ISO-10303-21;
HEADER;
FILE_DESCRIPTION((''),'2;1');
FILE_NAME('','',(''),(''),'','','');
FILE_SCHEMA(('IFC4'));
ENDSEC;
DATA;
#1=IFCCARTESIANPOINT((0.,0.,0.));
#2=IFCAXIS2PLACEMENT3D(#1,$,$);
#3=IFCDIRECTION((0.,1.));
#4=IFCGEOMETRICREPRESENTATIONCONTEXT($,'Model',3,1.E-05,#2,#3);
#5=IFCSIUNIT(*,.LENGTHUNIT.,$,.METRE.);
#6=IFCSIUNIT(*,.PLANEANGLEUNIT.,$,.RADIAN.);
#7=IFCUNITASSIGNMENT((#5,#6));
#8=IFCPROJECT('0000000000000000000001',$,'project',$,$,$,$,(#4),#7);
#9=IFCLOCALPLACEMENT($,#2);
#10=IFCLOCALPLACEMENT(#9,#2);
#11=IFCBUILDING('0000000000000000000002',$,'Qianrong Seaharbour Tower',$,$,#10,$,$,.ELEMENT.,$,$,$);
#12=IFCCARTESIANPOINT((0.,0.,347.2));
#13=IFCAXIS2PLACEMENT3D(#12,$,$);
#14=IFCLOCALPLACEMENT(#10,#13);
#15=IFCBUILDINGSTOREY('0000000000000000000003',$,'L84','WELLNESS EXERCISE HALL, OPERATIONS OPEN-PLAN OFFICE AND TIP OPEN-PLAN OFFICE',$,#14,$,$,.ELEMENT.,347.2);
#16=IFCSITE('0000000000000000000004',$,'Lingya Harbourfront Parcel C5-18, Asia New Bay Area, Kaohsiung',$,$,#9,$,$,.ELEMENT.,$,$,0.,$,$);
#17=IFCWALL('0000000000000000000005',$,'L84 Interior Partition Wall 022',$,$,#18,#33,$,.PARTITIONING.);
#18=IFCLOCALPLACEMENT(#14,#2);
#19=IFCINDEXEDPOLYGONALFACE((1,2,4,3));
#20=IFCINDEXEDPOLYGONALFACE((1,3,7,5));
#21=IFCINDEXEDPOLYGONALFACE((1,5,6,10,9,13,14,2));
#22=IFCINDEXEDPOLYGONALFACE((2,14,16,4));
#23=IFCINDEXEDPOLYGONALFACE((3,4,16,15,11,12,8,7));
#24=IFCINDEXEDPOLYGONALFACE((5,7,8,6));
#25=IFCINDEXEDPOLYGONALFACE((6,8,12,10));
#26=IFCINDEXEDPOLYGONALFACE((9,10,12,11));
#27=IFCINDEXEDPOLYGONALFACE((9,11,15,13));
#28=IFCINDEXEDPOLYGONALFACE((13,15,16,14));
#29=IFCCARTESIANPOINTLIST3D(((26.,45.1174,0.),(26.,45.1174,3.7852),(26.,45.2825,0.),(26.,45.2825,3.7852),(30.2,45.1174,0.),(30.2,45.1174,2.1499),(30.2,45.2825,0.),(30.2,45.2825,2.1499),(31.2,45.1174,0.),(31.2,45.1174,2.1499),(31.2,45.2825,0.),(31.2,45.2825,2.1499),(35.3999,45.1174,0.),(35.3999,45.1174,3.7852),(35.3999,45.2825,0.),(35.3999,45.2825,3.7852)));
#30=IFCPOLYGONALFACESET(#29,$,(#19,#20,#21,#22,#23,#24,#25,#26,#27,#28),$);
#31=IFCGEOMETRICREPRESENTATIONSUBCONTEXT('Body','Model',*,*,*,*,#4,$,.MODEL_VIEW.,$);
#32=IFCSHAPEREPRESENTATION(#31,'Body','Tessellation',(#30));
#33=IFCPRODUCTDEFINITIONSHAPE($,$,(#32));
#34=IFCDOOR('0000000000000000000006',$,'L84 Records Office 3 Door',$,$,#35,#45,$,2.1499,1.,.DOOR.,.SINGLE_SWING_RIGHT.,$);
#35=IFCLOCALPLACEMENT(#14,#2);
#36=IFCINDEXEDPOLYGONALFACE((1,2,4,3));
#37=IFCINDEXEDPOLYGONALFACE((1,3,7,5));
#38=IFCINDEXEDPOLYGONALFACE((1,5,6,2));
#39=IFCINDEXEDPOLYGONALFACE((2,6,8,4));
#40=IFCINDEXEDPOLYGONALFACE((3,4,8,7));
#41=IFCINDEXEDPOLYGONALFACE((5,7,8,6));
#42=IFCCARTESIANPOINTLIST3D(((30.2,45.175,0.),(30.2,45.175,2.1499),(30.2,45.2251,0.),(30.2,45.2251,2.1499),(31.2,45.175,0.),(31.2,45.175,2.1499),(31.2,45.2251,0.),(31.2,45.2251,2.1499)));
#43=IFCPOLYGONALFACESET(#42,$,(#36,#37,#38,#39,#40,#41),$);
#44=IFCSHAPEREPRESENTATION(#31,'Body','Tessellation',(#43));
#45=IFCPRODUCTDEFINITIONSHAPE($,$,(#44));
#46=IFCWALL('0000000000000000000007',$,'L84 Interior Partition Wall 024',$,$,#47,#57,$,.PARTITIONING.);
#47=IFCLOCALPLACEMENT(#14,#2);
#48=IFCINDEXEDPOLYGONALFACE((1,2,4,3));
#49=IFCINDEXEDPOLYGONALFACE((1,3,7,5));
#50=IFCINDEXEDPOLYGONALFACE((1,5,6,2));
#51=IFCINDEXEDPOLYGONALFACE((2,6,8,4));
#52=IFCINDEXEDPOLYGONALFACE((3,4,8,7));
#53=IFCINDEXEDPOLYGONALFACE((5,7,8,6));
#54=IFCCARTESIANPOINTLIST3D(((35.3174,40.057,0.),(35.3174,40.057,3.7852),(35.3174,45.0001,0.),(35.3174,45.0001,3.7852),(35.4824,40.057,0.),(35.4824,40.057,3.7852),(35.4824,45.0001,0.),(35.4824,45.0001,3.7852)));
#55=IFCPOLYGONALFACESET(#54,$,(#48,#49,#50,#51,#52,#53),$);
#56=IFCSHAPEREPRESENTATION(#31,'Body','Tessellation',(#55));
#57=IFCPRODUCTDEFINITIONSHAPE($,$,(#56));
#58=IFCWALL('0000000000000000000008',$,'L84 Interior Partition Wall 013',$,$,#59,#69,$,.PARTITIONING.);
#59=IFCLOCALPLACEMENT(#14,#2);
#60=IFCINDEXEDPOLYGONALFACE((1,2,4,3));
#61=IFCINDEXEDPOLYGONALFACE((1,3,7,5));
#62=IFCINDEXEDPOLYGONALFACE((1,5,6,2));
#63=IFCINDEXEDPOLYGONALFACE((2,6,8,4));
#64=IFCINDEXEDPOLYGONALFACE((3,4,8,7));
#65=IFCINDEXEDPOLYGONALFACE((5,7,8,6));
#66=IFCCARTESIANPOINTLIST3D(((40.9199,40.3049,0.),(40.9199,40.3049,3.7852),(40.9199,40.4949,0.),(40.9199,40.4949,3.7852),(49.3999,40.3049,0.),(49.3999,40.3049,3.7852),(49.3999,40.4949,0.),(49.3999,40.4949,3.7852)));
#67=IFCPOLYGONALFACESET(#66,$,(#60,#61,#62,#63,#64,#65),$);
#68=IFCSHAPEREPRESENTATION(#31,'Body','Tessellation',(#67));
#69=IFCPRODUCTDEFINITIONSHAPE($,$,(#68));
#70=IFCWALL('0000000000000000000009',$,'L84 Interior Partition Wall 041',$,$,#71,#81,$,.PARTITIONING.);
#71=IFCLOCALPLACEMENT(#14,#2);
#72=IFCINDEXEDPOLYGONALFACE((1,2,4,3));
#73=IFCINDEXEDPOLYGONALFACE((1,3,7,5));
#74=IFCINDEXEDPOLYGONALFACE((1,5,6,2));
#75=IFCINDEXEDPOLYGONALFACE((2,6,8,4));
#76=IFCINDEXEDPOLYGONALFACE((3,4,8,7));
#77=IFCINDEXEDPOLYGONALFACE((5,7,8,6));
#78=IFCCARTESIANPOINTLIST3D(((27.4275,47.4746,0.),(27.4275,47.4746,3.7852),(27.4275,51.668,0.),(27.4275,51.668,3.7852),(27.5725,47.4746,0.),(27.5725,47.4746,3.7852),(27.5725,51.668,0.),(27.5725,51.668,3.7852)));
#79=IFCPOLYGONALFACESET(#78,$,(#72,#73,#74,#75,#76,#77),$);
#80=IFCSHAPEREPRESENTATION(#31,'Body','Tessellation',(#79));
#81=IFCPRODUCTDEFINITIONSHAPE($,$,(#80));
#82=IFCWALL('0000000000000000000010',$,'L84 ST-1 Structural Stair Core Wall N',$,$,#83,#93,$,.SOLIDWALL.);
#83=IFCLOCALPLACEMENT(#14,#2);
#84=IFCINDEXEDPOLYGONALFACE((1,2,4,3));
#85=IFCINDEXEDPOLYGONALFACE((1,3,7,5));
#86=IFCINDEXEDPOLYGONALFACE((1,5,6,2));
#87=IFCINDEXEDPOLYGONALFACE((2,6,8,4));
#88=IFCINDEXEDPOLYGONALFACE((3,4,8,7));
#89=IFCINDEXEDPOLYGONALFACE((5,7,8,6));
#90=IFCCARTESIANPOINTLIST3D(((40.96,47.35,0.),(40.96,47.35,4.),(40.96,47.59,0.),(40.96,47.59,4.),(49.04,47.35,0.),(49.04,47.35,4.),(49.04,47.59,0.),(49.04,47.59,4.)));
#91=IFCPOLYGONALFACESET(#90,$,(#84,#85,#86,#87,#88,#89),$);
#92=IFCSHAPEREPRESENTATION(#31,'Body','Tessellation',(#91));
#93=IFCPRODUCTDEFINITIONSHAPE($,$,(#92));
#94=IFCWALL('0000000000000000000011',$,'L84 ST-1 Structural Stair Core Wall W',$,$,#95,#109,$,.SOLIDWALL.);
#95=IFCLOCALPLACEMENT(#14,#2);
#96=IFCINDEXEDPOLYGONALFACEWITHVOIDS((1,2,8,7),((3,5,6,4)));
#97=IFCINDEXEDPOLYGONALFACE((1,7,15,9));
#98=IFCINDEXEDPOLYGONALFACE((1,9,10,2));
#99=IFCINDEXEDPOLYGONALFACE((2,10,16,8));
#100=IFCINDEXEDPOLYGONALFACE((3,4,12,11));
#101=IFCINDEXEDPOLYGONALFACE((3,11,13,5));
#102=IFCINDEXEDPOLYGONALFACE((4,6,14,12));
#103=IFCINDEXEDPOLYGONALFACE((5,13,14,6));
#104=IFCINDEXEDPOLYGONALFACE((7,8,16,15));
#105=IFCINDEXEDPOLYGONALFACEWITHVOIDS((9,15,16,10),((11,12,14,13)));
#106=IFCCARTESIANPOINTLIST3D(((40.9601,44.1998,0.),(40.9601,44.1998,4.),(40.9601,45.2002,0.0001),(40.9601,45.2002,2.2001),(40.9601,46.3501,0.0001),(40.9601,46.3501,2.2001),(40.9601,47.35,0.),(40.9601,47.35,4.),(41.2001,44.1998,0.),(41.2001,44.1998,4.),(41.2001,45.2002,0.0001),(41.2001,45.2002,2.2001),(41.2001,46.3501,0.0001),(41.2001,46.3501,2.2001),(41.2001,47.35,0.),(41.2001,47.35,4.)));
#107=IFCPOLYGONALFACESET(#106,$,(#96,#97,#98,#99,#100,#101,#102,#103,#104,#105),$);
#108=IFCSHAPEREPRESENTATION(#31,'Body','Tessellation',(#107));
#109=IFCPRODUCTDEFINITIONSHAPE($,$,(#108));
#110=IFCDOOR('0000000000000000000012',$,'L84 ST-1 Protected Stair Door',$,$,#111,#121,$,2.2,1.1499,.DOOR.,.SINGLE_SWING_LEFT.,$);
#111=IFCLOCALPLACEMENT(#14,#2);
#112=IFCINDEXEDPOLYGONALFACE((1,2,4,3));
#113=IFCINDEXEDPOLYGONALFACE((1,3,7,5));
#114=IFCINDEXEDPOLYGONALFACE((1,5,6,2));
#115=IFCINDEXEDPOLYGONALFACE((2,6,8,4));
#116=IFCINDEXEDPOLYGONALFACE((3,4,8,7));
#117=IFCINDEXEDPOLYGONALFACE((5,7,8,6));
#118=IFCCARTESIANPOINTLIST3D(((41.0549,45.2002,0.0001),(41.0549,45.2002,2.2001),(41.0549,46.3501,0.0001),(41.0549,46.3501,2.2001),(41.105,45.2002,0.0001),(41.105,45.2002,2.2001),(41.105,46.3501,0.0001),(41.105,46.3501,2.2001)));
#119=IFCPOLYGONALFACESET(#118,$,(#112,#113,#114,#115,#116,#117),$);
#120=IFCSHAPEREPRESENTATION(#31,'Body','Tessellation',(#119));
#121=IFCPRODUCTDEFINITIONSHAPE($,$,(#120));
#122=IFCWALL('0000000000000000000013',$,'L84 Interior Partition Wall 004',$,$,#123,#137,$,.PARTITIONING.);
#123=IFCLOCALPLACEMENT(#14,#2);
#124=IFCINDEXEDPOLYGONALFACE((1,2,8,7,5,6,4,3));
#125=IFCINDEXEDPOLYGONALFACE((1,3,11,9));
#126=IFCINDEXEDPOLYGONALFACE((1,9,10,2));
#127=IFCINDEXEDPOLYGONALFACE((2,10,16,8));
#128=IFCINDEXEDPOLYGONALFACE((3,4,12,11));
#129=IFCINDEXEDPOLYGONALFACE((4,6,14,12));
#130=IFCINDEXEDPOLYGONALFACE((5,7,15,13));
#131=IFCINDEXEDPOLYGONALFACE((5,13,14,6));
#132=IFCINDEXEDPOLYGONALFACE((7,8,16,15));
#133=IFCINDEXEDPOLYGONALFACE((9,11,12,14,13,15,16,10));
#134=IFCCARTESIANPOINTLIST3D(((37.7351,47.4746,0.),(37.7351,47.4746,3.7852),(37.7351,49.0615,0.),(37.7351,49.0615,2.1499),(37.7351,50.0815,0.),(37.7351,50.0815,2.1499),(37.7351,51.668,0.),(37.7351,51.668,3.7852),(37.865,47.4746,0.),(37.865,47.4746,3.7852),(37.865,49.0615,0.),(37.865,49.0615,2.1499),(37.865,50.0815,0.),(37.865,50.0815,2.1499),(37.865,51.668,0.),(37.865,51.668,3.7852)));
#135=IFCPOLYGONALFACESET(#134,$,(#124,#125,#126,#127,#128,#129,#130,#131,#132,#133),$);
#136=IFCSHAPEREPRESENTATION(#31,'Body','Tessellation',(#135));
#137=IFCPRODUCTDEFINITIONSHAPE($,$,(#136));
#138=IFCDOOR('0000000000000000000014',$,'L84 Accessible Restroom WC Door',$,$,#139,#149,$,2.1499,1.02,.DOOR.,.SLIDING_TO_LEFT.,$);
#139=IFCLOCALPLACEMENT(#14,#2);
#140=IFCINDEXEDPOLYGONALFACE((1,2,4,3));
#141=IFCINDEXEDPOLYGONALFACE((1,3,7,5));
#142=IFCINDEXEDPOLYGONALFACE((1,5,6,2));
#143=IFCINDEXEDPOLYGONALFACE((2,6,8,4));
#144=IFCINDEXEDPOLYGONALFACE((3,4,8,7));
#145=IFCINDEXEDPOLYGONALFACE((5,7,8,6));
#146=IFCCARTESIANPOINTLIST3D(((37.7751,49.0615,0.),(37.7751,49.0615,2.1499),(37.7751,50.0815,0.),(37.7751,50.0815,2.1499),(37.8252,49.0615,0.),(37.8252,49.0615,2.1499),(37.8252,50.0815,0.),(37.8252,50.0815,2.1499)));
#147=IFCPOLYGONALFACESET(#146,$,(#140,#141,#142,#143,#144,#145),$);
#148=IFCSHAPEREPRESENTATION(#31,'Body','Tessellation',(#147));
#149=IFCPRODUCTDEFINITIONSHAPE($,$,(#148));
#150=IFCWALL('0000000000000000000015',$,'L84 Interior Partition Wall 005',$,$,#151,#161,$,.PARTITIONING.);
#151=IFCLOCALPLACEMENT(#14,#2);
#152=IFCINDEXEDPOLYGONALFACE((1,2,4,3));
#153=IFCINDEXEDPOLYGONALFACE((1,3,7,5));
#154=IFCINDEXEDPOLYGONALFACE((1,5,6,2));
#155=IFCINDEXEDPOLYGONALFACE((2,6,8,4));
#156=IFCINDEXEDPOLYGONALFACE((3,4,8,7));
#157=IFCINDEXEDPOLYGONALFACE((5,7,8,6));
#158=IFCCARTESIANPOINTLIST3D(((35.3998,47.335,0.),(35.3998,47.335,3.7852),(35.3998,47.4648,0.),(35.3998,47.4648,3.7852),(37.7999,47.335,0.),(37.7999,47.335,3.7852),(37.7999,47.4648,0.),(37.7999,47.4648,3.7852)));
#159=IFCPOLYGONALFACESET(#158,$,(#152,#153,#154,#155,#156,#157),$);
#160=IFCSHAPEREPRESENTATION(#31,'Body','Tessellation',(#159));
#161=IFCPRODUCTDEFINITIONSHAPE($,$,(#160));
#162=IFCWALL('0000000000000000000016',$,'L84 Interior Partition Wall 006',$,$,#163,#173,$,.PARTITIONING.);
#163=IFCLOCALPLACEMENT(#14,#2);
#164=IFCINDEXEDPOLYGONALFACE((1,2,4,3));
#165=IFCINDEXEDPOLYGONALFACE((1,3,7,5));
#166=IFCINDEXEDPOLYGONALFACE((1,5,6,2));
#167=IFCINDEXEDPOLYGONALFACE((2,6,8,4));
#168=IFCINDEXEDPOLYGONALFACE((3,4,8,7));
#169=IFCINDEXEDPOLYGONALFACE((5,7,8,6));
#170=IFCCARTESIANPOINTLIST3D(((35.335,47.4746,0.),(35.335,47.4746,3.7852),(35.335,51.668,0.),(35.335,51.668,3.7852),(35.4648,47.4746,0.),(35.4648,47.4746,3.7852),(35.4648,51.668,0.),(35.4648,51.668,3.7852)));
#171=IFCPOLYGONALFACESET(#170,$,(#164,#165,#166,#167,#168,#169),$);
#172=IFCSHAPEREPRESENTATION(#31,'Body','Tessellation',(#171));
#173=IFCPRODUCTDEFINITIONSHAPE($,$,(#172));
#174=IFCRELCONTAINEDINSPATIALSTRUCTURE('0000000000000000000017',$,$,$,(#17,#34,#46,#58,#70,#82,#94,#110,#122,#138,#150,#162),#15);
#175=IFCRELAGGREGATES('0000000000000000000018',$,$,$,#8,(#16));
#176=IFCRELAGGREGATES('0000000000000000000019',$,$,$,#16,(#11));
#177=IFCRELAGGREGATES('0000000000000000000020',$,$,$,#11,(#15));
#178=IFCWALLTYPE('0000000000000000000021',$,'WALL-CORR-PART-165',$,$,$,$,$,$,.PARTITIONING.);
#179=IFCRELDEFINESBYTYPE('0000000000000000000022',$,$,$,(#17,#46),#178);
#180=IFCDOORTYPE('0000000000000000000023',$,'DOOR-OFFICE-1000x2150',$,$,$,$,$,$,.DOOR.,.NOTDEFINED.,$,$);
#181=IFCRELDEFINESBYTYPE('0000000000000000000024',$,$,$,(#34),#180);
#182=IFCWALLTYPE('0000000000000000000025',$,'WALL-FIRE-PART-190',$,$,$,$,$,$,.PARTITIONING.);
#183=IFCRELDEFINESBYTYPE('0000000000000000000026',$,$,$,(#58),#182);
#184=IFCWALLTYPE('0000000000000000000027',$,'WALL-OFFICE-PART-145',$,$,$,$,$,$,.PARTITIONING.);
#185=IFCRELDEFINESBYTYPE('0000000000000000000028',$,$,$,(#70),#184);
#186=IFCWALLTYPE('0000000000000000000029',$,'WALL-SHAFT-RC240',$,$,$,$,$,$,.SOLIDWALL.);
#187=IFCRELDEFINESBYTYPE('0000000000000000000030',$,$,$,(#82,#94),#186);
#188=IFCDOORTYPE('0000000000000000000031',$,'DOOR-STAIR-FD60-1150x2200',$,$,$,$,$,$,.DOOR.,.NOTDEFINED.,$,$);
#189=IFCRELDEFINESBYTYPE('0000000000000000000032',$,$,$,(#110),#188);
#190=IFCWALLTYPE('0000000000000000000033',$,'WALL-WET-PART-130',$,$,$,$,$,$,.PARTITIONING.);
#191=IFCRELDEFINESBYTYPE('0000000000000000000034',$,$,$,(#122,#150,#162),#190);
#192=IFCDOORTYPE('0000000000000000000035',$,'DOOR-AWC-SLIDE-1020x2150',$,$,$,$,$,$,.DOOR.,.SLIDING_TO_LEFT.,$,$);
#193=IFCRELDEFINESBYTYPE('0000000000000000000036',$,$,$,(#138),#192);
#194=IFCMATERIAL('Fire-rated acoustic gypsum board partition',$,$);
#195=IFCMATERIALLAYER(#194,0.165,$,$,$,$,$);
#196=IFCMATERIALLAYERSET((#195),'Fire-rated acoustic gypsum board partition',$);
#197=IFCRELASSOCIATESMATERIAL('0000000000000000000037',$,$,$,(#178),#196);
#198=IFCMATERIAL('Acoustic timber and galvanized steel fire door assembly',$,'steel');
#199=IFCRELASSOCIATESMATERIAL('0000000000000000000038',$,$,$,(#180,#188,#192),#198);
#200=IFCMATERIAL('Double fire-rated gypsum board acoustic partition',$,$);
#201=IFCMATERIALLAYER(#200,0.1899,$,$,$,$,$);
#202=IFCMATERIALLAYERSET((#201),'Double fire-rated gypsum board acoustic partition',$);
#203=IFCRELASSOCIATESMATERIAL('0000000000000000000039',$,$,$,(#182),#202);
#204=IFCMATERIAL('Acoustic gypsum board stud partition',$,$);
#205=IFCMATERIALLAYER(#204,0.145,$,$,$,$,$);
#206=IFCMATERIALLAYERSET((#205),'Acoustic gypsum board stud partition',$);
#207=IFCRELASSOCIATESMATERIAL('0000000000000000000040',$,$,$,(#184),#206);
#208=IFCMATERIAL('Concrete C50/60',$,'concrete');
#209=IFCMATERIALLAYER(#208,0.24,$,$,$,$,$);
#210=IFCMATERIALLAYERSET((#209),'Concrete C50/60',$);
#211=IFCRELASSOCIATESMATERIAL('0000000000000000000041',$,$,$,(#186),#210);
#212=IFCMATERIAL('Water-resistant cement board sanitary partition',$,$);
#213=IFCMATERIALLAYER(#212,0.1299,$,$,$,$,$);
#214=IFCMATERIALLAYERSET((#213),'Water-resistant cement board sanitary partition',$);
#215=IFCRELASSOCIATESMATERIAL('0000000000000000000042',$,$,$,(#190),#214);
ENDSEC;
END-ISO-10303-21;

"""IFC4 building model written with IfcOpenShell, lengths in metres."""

from ifc_helpers import new_model, si_unit, direction, frame, frame_2d, origin, place, context, subcontext, project, spatial, rectangle, extrude, material, layer, layer_set, type_object, element, fill, save


model = new_model("IFC4")

# Units and contexts
model_context = context("Model", 3, precision=1e-05, world=origin(), true_north=direction((0.0, 1.0)))
body_context = subcontext(model_context, "Body", "Model", "MODEL_VIEW")
ifc_project = project(units=[si_unit("LENGTHUNIT", "METRE"), si_unit("PLANEANGLEUNIT", "RADIAN")], contexts=[model_context])

# Site, building, storey
site_placement = place(None, origin())
site = spatial("IfcSite", under=ifc_project, at=site_placement, Name="Lingya Harbourfront Parcel C5-18, Asia New Bay Area, Kaohsiung", CompositionType="ELEMENT", RefElevation=0.0)
building_placement = place(site_placement, origin())
building = spatial("IfcBuilding", under=site, at=building_placement, Name="Qianrong Seaharbour Tower", CompositionType="ELEMENT")
storey_placement = place(building_placement, frame((0.0, 0.0, 347.2)))
storey = spatial("IfcBuildingStorey", under=building, at=storey_placement, Name="L84", Description="WELLNESS EXERCISE HALL, OPERATIONS OPEN-PLAN OFFICE AND TIP OPEN-PLAN OFFICE", CompositionType="ELEMENT", Elevation=347.2)

# Shared definitions
ifc_material_1 = material(Name="Concrete C50/60", Category="concrete")

# Shared definitions
ifc_material_2 = material(Name="Fire-rated acoustic gypsum board partition")
ifc_layer_1 = layer(ifc_material_2, 0.165)
ifc_layer_set_1 = layer_set([ifc_layer_1], Name="Fire-rated acoustic gypsum board partition")
wall_type_1 = type_object("IfcWallType", Name="WALL-CORR-PART-165", PredefinedType="PARTITIONING", material=ifc_layer_set_1)
ifc_material_3 = material(Name="Acoustic timber and galvanized steel fire door assembly", Category="steel")

# Wall, opening, door
wall_1_placement = place(storey_placement, frame((35.3999, 45.2, 0.0), z_axis=(0.0, 0.0, 1.0), x_axis=(-1.0, 0.0, 0.0)))
wall_1 = element("IfcWall", 1, at=wall_1_placement, inside=storey, type_object=wall_type_1, Name="L84 Interior Partition Wall 022", PredefinedType="PARTITIONING", context=body_context, shape_type="SweptSolid", body=[
    extrude(rectangle(XDim=9.3999, YDim=0.165, at=frame_2d((4.7, 0.0))), origin(), (0.0, 0.0, 1.0), 3.7852),
])
opening_1_placement = place(wall_1_placement, frame((4.2, 0.0, 0.0)))
opening_1 = element("IfcOpeningElement", 2, at=opening_1_placement, cuts=wall_1, PredefinedType="OPENING", context=body_context, shape_type="SweptSolid", body=[
    extrude(rectangle(XDim=1.0, YDim=2.1499, at=frame_2d((0.5, 1.075))), frame((0.0, 0.0925, 0.0), z_axis=(0.0, -1.0, 0.0), x_axis=(1.0, 0.0, 0.0)), (0.0, 0.0, 1.0), 0.1851),
])
door_type_1 = type_object("IfcDoorType", Name="DOOR-OFFICE-1000x2150", OperationType="NOTDEFINED", PredefinedType="DOOR", material=ifc_material_3)
door_1_placement = place(opening_1_placement, origin())
door_1 = element("IfcDoor", 3, at=door_1_placement, inside=storey, type_object=door_type_1, Name="L84 Records Office 3 Door", OperationType="SINGLE_SWING_RIGHT", OverallHeight=2.1499, OverallWidth=1.0, PredefinedType="DOOR", context=body_context, shape_type="SweptSolid", body=[
    extrude(rectangle(XDim=1.0, YDim=2.1499, at=frame_2d((0.5, 1.075))), frame((0.0, 0.0249, 0.0), z_axis=(0.0, -1.0, 0.0), x_axis=(1.0, 0.0, 0.0)), (0.0, 0.0, 1.0), 0.05),
])
fill(opening_1, door_1)

# Walls
wall_2_placement = place(storey_placement, frame((35.3999, 40.0569, 0.0), z_axis=(0.0, 0.0, 1.0), x_axis=(0.0, 1.0, 0.0)))
element("IfcWall", 4, at=wall_2_placement, inside=storey, type_object=wall_type_1, Name="L84 Interior Partition Wall 024", PredefinedType="PARTITIONING", context=body_context, shape_type="SweptSolid", body=[
    extrude(rectangle(XDim=4.9431, YDim=0.165, at=frame_2d((2.4717, 0.0))), origin(), (0.0, 0.0, 1.0), 3.7852),
])
ifc_material_4 = material(Name="Double fire-rated gypsum board acoustic partition")
ifc_layer_2 = layer(ifc_material_4, 0.1899)
ifc_layer_set_2 = layer_set([ifc_layer_2], Name="Double fire-rated gypsum board acoustic partition")
wall_type_2 = type_object("IfcWallType", Name="WALL-FIRE-PART-190", PredefinedType="PARTITIONING", material=ifc_layer_set_2)
wall_3_placement = place(storey_placement, frame((40.9199, 40.3999, 0.0), z_axis=(0.0, 0.0, 1.0), x_axis=(1.0, 0.0, 0.0)))
element("IfcWall", 5, at=wall_3_placement, inside=storey, type_object=wall_type_2, Name="L84 Interior Partition Wall 013", PredefinedType="PARTITIONING", context=body_context, shape_type="SweptSolid", body=[
    extrude(rectangle(XDim=8.48, YDim=0.1899, at=frame_2d((4.24, 0.0))), origin(), (0.0, 0.0, 1.0), 3.7852),
])
ifc_material_5 = material(Name="Acoustic gypsum board stud partition")
ifc_layer_3 = layer(ifc_material_5, 0.145)
ifc_layer_set_3 = layer_set([ifc_layer_3], Name="Acoustic gypsum board stud partition")
wall_type_3 = type_object("IfcWallType", Name="WALL-OFFICE-PART-145", PredefinedType="PARTITIONING", material=ifc_layer_set_3)
wall_4_placement = place(storey_placement, frame((27.5, 51.668, 0.0), z_axis=(0.0, 0.0, 1.0), x_axis=(0.0, -1.0, 0.0)))
element("IfcWall", 6, at=wall_4_placement, inside=storey, type_object=wall_type_3, Name="L84 Interior Partition Wall 041", PredefinedType="PARTITIONING", context=body_context, shape_type="SweptSolid", body=[
    extrude(rectangle(XDim=4.1934, YDim=0.145, at=frame_2d((2.0967, 0.0))), origin(), (0.0, 0.0, 1.0), 3.7852),
])
ifc_layer_4 = layer(ifc_material_1, 0.24)
ifc_layer_set_4 = layer_set([ifc_layer_4], Name="Concrete C50/60")
wall_type_4 = type_object("IfcWallType", Name="WALL-SHAFT-RC240", PredefinedType="SOLIDWALL", material=ifc_layer_set_4)
wall_5_placement = place(storey_placement, frame((40.96, 47.47, 0.0), z_axis=(0.0, 0.0, 1.0), x_axis=(1.0, 0.0, 0.0)))
element("IfcWall", 7, at=wall_5_placement, inside=storey, type_object=wall_type_4, Name="L84 ST-1 Structural Stair Core Wall N", PredefinedType="SOLIDWALL", context=body_context, shape_type="SweptSolid", body=[
    extrude(rectangle(XDim=8.0801, YDim=0.24, at=frame_2d((4.04, 0.0))), origin(), (0.0, 0.0, 1.0), 4.0),
])

# Walls, openings, doors
wall_6_placement = place(storey_placement, frame((41.0801, 47.3501, 0.0), z_axis=(0.0, 0.0, 1.0), x_axis=(0.0, -1.0, 0.0)))
wall_6 = element("IfcWall", 8, at=wall_6_placement, inside=storey, type_object=wall_type_4, Name="L84 ST-1 Structural Stair Core Wall W", PredefinedType="SOLIDWALL", context=body_context, shape_type="SweptSolid", body=[
    extrude(rectangle(XDim=3.1501, YDim=0.24, at=frame_2d((1.5752, 0.0))), origin(), (0.0, 0.0, 1.0), 4.0),
])
opening_2_placement = place(wall_6_placement, frame((1.0, 0.0, 0.0)))
opening_2 = element("IfcOpeningElement", 9, at=opening_2_placement, cuts=wall_6, PredefinedType="OPENING", context=body_context, shape_type="SweptSolid", body=[
    extrude(rectangle(XDim=1.1499, YDim=2.2, at=frame_2d((0.575, 1.1001))), frame((0.0, 0.1299, 0.0), z_axis=(0.0, -1.0, 0.0), x_axis=(1.0, 0.0, 0.0)), (0.0, 0.0, 1.0), 0.26),
])
door_type_2 = type_object("IfcDoorType", Name="DOOR-STAIR-FD60-1150x2200", OperationType="NOTDEFINED", PredefinedType="DOOR", material=ifc_material_3)
door_2_placement = place(opening_2_placement, origin())
door_2 = element("IfcDoor", 10, at=door_2_placement, inside=storey, type_object=door_type_2, Name="L84 ST-1 Protected Stair Door", OperationType="SINGLE_SWING_LEFT", OverallHeight=2.2, OverallWidth=1.1499, PredefinedType="DOOR", context=body_context, shape_type="SweptSolid", body=[
    extrude(rectangle(XDim=1.1499, YDim=2.2, at=frame_2d((0.575, 1.1001))), frame((0.0, 0.0249, 0.0), z_axis=(0.0, -1.0, 0.0), x_axis=(1.0, 0.0, 0.0)), (0.0, 0.0, 1.0), 0.05),
])
fill(opening_2, door_2)
ifc_material_6 = material(Name="Water-resistant cement board sanitary partition")
ifc_layer_5 = layer(ifc_material_6, 0.1299)
ifc_layer_set_5 = layer_set([ifc_layer_5], Name="Water-resistant cement board sanitary partition")
wall_type_5 = type_object("IfcWallType", Name="WALL-WET-PART-130", PredefinedType="PARTITIONING", material=ifc_layer_set_5)
wall_7_placement = place(storey_placement, frame((37.8, 47.4746, 0.0), z_axis=(0.0, 0.0, 1.0), x_axis=(0.0, 1.0, 0.0)))
wall_7 = element("IfcWall", 11, at=wall_7_placement, inside=storey, type_object=wall_type_5, Name="L84 Interior Partition Wall 004", PredefinedType="PARTITIONING", context=body_context, shape_type="SweptSolid", body=[
    extrude(rectangle(XDim=4.1934, YDim=0.1299, at=frame_2d((2.0967, 0.0))), origin(), (0.0, 0.0, 1.0), 3.7852),
])
opening_3_placement = place(wall_7_placement, frame((1.5869, 0.0, 0.0)))
opening_3 = element("IfcOpeningElement", 12, at=opening_3_placement, cuts=wall_7, PredefinedType="OPENING", context=body_context, shape_type="SweptSolid", body=[
    extrude(rectangle(XDim=1.02, YDim=2.1499, at=frame_2d((0.51, 1.075))), frame((0.0, 0.075, 0.0), z_axis=(0.0, -1.0, 0.0), x_axis=(1.0, 0.0, 0.0)), (0.0, 0.0, 1.0), 0.1499),
])
door_type_3 = type_object("IfcDoorType", Name="DOOR-AWC-SLIDE-1020x2150", OperationType="SLIDING_TO_LEFT", PredefinedType="DOOR", material=ifc_material_3)
door_3_placement = place(opening_3_placement, origin())
door_3 = element("IfcDoor", 13, at=door_3_placement, inside=storey, type_object=door_type_3, Name="L84 Accessible Restroom WC Door", OperationType="SLIDING_TO_LEFT", OverallHeight=2.1499, OverallWidth=1.02, PredefinedType="DOOR", context=body_context, shape_type="SweptSolid", body=[
    extrude(rectangle(XDim=1.02, YDim=2.1499, at=frame_2d((0.51, 1.075))), frame((0.0, 0.0249, 0.0), z_axis=(0.0, -1.0, 0.0), x_axis=(1.0, 0.0, 0.0)), (0.0, 0.0, 1.0), 0.05),
])
fill(opening_3, door_3)

# Walls
wall_8_placement = place(storey_placement, frame((37.8, 47.3999, 0.0), z_axis=(0.0, 0.0, 1.0), x_axis=(-1.0, 0.0, 0.0)))
element("IfcWall", 14, at=wall_8_placement, inside=storey, type_object=wall_type_5, Name="L84 Interior Partition Wall 005", PredefinedType="PARTITIONING", context=body_context, shape_type="SweptSolid", body=[
    extrude(rectangle(XDim=2.4001, YDim=0.1299, at=frame_2d((1.2002, 0.0))), origin(), (0.0, 0.0, 1.0), 3.7852),
])
wall_9_placement = place(storey_placement, frame((35.3999, 47.4746, 0.0), z_axis=(0.0, 0.0, 1.0), x_axis=(0.0, 1.0, 0.0)))
element("IfcWall", 15, at=wall_9_placement, inside=storey, type_object=wall_type_5, Name="L84 Interior Partition Wall 006", PredefinedType="PARTITIONING", context=body_context, shape_type="SweptSolid", body=[
    extrude(rectangle(XDim=4.1934, YDim=0.1299, at=frame_2d((2.0967, 0.0))), origin(), (0.0, 0.0, 1.0), 3.7852),
])

save(model, "model.ifc")
